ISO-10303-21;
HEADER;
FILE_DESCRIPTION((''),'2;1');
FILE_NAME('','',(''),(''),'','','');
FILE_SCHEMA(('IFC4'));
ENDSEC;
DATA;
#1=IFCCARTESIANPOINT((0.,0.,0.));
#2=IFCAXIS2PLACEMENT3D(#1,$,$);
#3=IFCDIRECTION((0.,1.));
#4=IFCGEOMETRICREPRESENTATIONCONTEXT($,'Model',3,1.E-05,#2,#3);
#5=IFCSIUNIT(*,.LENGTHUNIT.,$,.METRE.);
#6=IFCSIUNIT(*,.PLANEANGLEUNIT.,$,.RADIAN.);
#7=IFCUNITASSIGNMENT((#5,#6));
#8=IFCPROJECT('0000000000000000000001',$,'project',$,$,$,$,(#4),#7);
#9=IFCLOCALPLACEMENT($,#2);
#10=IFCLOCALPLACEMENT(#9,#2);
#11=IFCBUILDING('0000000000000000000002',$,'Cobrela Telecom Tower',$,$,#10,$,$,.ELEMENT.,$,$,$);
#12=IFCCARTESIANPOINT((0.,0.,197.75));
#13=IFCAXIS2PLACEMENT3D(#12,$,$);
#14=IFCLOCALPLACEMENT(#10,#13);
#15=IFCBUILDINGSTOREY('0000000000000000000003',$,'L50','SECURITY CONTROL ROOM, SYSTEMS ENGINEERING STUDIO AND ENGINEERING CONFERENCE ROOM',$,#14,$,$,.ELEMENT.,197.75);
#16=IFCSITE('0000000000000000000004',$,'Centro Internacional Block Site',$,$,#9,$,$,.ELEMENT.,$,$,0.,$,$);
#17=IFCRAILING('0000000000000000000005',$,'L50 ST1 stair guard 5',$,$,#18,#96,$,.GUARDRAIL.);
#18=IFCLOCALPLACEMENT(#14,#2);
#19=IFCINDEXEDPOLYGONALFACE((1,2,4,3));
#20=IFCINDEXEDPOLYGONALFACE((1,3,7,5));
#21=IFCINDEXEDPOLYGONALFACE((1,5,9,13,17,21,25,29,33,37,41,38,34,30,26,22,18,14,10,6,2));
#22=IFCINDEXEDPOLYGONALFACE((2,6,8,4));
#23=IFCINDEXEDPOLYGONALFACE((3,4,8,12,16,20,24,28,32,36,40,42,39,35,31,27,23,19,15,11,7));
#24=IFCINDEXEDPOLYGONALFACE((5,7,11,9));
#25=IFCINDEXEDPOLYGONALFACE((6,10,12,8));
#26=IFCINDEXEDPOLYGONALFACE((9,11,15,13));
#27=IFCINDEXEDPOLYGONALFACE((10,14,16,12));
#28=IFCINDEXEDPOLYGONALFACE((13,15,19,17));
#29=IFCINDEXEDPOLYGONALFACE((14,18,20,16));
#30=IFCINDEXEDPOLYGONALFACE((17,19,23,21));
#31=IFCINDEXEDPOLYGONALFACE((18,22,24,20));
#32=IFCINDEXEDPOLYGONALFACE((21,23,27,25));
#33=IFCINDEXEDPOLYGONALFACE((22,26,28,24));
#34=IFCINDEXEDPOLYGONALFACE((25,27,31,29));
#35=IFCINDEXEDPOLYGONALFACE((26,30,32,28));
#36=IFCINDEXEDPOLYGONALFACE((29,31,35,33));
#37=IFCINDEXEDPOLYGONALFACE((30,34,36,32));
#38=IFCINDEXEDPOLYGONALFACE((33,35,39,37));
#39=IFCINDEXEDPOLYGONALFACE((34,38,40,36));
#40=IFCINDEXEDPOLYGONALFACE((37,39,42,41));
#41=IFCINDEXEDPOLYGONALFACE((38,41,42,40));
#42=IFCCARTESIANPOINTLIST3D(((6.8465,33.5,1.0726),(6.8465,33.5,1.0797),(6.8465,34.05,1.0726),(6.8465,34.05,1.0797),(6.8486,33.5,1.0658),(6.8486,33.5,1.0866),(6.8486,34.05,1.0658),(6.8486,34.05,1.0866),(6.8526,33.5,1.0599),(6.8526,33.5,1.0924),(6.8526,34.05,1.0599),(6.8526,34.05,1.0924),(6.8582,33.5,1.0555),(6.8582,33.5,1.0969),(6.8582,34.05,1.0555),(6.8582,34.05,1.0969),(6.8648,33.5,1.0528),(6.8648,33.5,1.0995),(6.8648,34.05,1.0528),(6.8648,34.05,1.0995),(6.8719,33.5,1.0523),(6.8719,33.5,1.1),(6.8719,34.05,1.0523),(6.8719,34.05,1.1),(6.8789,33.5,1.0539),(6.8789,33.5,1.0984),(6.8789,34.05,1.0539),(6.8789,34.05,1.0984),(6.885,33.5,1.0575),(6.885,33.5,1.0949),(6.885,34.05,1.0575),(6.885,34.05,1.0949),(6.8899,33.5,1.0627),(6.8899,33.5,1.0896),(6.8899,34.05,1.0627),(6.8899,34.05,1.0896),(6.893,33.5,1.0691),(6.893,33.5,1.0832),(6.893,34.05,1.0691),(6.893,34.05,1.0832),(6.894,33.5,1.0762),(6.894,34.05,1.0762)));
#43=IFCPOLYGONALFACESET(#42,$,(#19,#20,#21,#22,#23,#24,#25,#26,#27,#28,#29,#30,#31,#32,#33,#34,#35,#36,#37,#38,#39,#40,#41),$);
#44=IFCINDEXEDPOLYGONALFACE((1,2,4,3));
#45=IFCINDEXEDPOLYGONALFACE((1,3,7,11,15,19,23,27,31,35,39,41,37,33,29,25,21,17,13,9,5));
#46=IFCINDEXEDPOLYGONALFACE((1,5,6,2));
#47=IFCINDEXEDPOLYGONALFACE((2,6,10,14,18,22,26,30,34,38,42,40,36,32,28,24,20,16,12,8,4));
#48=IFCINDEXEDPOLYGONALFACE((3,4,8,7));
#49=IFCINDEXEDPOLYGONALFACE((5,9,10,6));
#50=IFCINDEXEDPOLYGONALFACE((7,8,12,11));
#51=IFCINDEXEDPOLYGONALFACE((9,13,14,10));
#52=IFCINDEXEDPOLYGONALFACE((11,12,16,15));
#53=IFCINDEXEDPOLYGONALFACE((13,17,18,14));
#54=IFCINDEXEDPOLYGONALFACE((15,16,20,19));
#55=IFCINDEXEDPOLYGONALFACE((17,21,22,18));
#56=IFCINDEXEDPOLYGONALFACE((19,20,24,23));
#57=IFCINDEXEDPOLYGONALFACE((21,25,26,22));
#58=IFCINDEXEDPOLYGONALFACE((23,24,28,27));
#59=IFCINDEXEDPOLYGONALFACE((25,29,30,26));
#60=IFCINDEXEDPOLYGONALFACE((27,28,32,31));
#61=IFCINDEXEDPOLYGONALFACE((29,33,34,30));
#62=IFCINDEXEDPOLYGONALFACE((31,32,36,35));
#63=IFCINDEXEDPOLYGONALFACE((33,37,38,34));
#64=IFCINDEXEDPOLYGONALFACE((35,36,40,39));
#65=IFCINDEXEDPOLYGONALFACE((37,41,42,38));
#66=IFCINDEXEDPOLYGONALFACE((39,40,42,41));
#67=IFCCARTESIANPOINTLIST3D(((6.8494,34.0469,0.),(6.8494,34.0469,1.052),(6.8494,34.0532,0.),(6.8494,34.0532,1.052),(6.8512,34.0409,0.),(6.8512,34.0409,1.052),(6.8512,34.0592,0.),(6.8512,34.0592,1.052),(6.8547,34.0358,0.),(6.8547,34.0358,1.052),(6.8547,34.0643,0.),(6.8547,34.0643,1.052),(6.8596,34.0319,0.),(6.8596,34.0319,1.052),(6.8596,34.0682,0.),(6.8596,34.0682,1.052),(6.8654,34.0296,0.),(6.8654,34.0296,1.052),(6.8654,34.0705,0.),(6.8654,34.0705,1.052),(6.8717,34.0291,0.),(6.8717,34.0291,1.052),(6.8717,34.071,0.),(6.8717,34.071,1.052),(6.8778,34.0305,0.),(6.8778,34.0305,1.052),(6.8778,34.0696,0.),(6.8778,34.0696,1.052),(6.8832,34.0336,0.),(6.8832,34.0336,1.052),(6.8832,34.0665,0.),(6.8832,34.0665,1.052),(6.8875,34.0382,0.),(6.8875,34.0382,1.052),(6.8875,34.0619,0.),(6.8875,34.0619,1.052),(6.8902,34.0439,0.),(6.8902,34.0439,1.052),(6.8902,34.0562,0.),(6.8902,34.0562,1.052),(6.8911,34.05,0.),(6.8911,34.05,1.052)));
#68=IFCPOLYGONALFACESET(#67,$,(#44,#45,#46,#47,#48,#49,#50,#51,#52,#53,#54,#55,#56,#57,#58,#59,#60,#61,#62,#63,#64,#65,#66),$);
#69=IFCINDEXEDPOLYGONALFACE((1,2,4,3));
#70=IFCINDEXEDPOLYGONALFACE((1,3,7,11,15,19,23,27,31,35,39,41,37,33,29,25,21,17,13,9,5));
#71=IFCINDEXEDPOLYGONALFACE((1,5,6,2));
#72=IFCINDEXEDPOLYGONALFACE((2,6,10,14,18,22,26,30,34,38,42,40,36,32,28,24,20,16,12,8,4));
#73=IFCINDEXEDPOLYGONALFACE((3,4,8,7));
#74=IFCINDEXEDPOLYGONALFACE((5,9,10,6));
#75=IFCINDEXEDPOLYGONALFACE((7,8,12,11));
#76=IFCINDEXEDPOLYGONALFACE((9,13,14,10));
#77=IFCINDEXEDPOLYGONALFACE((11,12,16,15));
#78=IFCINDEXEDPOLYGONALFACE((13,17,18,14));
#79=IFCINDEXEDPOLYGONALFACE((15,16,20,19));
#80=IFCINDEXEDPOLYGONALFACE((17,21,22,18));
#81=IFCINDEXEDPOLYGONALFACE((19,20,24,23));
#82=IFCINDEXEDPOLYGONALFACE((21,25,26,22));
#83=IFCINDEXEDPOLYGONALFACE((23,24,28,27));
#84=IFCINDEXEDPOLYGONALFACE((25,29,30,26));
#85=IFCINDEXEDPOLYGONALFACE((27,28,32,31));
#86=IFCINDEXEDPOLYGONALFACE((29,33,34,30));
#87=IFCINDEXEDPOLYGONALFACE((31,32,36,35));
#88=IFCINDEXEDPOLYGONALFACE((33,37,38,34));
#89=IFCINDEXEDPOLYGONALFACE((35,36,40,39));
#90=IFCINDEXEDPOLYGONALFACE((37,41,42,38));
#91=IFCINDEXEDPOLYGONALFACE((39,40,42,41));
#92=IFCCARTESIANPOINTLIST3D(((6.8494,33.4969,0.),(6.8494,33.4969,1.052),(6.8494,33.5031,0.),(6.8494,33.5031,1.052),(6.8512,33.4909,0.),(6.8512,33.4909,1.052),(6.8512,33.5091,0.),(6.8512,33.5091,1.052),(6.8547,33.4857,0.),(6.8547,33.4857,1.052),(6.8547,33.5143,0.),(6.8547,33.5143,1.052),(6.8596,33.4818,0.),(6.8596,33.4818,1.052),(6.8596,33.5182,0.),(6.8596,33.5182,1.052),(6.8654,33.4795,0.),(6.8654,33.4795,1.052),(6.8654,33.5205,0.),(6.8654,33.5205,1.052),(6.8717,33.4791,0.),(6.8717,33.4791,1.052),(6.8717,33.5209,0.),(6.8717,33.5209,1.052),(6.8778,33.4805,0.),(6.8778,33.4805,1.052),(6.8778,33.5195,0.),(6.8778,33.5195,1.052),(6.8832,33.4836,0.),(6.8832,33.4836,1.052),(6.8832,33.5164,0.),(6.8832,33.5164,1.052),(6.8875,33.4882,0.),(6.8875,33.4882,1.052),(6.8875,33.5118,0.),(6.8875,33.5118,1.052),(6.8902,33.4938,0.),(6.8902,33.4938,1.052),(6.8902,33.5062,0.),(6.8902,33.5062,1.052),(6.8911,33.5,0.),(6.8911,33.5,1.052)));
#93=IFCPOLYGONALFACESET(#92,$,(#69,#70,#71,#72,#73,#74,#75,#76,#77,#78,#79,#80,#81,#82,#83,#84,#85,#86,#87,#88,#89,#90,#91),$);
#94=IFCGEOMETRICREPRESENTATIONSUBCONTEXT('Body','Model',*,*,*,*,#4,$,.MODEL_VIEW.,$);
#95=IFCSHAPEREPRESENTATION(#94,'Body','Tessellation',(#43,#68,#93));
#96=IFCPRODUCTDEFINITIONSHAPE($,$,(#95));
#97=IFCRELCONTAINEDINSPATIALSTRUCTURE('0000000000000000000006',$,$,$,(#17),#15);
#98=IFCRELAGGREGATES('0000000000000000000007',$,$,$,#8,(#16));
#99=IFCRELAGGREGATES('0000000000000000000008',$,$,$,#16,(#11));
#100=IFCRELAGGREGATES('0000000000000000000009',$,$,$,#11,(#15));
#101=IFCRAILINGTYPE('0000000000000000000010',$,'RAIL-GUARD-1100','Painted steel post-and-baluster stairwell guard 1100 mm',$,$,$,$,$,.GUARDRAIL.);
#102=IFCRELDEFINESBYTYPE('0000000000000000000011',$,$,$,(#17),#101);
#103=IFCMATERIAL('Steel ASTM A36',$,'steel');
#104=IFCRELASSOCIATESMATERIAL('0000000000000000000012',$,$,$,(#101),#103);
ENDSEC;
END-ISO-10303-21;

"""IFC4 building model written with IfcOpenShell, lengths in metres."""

from ifc_helpers import new_model, si_unit, direction, frame, origin, origin_2d, place, context, subcontext, project, spatial, circle, extrude, material, type_object, element, save


model = new_model("IFC4")

# Units and contexts
model_context = context("Model", 3, precision=1e-05, world=origin(), true_north=direction((0.0, 1.0)))
body_context = subcontext(model_context, "Body", "Model", "MODEL_VIEW")
ifc_project = project(units=[si_unit("LENGTHUNIT", "METRE"), si_unit("PLANEANGLEUNIT", "RADIAN")], contexts=[model_context])

# Site, building, storey
site_placement = place(None, origin())
site = spatial("IfcSite", under=ifc_project, at=site_placement, Name="Centro Internacional Block Site", CompositionType="ELEMENT", RefElevation=0.0)
building_placement = place(site_placement, origin())
building = spatial("IfcBuilding", under=site, at=building_placement, Name="Cobrela Telecom Tower", CompositionType="ELEMENT")
storey_placement = place(building_placement, frame((0.0, 0.0, 197.75)))
storey = spatial("IfcBuildingStorey", under=building, at=storey_placement, Name="L50", Description="SECURITY CONTROL ROOM, SYSTEMS ENGINEERING STUDIO AND ENGINEERING CONFERENCE ROOM", CompositionType="ELEMENT", Elevation=197.75)

# Shared definitions
ifc_material_1 = material(Name="Steel ASTM A36", Category="steel")

# Railing
railing_type_1 = type_object("IfcRailingType", Name="RAIL-GUARD-1100", Description="Painted steel post-and-baluster stairwell guard 1100 mm", PredefinedType="GUARDRAIL", material=ifc_material_1)
railing_1_placement = place(storey_placement, frame((6.8701, 34.05, 0.0)))
element("IfcRailing", 1, at=railing_1_placement, inside=storey, type_object=railing_type_1, Name="L50 ST1 stair guard 5", PredefinedType="GUARDRAIL", context=body_context, shape_type="SweptSolid", body=[
    extrude(circle(Radius=0.0239, at=origin_2d()), frame((0.0, 0.0, 1.0762), z_axis=(0.0, -1.0, 0.0), x_axis=(1.0, 0.0, 0.0)), (0.0, 0.0, 1.0), 0.55),
    extrude(circle(Radius=0.021, at=origin_2d()), origin(), (0.0, 0.0, 1.0), 1.052),
    extrude(circle(Radius=0.021, at=origin_2d()), frame((0.0, -0.55, 0.0)), (0.0, 0.0, 1.0), 1.052),
])

save(model, "model.ifc")
